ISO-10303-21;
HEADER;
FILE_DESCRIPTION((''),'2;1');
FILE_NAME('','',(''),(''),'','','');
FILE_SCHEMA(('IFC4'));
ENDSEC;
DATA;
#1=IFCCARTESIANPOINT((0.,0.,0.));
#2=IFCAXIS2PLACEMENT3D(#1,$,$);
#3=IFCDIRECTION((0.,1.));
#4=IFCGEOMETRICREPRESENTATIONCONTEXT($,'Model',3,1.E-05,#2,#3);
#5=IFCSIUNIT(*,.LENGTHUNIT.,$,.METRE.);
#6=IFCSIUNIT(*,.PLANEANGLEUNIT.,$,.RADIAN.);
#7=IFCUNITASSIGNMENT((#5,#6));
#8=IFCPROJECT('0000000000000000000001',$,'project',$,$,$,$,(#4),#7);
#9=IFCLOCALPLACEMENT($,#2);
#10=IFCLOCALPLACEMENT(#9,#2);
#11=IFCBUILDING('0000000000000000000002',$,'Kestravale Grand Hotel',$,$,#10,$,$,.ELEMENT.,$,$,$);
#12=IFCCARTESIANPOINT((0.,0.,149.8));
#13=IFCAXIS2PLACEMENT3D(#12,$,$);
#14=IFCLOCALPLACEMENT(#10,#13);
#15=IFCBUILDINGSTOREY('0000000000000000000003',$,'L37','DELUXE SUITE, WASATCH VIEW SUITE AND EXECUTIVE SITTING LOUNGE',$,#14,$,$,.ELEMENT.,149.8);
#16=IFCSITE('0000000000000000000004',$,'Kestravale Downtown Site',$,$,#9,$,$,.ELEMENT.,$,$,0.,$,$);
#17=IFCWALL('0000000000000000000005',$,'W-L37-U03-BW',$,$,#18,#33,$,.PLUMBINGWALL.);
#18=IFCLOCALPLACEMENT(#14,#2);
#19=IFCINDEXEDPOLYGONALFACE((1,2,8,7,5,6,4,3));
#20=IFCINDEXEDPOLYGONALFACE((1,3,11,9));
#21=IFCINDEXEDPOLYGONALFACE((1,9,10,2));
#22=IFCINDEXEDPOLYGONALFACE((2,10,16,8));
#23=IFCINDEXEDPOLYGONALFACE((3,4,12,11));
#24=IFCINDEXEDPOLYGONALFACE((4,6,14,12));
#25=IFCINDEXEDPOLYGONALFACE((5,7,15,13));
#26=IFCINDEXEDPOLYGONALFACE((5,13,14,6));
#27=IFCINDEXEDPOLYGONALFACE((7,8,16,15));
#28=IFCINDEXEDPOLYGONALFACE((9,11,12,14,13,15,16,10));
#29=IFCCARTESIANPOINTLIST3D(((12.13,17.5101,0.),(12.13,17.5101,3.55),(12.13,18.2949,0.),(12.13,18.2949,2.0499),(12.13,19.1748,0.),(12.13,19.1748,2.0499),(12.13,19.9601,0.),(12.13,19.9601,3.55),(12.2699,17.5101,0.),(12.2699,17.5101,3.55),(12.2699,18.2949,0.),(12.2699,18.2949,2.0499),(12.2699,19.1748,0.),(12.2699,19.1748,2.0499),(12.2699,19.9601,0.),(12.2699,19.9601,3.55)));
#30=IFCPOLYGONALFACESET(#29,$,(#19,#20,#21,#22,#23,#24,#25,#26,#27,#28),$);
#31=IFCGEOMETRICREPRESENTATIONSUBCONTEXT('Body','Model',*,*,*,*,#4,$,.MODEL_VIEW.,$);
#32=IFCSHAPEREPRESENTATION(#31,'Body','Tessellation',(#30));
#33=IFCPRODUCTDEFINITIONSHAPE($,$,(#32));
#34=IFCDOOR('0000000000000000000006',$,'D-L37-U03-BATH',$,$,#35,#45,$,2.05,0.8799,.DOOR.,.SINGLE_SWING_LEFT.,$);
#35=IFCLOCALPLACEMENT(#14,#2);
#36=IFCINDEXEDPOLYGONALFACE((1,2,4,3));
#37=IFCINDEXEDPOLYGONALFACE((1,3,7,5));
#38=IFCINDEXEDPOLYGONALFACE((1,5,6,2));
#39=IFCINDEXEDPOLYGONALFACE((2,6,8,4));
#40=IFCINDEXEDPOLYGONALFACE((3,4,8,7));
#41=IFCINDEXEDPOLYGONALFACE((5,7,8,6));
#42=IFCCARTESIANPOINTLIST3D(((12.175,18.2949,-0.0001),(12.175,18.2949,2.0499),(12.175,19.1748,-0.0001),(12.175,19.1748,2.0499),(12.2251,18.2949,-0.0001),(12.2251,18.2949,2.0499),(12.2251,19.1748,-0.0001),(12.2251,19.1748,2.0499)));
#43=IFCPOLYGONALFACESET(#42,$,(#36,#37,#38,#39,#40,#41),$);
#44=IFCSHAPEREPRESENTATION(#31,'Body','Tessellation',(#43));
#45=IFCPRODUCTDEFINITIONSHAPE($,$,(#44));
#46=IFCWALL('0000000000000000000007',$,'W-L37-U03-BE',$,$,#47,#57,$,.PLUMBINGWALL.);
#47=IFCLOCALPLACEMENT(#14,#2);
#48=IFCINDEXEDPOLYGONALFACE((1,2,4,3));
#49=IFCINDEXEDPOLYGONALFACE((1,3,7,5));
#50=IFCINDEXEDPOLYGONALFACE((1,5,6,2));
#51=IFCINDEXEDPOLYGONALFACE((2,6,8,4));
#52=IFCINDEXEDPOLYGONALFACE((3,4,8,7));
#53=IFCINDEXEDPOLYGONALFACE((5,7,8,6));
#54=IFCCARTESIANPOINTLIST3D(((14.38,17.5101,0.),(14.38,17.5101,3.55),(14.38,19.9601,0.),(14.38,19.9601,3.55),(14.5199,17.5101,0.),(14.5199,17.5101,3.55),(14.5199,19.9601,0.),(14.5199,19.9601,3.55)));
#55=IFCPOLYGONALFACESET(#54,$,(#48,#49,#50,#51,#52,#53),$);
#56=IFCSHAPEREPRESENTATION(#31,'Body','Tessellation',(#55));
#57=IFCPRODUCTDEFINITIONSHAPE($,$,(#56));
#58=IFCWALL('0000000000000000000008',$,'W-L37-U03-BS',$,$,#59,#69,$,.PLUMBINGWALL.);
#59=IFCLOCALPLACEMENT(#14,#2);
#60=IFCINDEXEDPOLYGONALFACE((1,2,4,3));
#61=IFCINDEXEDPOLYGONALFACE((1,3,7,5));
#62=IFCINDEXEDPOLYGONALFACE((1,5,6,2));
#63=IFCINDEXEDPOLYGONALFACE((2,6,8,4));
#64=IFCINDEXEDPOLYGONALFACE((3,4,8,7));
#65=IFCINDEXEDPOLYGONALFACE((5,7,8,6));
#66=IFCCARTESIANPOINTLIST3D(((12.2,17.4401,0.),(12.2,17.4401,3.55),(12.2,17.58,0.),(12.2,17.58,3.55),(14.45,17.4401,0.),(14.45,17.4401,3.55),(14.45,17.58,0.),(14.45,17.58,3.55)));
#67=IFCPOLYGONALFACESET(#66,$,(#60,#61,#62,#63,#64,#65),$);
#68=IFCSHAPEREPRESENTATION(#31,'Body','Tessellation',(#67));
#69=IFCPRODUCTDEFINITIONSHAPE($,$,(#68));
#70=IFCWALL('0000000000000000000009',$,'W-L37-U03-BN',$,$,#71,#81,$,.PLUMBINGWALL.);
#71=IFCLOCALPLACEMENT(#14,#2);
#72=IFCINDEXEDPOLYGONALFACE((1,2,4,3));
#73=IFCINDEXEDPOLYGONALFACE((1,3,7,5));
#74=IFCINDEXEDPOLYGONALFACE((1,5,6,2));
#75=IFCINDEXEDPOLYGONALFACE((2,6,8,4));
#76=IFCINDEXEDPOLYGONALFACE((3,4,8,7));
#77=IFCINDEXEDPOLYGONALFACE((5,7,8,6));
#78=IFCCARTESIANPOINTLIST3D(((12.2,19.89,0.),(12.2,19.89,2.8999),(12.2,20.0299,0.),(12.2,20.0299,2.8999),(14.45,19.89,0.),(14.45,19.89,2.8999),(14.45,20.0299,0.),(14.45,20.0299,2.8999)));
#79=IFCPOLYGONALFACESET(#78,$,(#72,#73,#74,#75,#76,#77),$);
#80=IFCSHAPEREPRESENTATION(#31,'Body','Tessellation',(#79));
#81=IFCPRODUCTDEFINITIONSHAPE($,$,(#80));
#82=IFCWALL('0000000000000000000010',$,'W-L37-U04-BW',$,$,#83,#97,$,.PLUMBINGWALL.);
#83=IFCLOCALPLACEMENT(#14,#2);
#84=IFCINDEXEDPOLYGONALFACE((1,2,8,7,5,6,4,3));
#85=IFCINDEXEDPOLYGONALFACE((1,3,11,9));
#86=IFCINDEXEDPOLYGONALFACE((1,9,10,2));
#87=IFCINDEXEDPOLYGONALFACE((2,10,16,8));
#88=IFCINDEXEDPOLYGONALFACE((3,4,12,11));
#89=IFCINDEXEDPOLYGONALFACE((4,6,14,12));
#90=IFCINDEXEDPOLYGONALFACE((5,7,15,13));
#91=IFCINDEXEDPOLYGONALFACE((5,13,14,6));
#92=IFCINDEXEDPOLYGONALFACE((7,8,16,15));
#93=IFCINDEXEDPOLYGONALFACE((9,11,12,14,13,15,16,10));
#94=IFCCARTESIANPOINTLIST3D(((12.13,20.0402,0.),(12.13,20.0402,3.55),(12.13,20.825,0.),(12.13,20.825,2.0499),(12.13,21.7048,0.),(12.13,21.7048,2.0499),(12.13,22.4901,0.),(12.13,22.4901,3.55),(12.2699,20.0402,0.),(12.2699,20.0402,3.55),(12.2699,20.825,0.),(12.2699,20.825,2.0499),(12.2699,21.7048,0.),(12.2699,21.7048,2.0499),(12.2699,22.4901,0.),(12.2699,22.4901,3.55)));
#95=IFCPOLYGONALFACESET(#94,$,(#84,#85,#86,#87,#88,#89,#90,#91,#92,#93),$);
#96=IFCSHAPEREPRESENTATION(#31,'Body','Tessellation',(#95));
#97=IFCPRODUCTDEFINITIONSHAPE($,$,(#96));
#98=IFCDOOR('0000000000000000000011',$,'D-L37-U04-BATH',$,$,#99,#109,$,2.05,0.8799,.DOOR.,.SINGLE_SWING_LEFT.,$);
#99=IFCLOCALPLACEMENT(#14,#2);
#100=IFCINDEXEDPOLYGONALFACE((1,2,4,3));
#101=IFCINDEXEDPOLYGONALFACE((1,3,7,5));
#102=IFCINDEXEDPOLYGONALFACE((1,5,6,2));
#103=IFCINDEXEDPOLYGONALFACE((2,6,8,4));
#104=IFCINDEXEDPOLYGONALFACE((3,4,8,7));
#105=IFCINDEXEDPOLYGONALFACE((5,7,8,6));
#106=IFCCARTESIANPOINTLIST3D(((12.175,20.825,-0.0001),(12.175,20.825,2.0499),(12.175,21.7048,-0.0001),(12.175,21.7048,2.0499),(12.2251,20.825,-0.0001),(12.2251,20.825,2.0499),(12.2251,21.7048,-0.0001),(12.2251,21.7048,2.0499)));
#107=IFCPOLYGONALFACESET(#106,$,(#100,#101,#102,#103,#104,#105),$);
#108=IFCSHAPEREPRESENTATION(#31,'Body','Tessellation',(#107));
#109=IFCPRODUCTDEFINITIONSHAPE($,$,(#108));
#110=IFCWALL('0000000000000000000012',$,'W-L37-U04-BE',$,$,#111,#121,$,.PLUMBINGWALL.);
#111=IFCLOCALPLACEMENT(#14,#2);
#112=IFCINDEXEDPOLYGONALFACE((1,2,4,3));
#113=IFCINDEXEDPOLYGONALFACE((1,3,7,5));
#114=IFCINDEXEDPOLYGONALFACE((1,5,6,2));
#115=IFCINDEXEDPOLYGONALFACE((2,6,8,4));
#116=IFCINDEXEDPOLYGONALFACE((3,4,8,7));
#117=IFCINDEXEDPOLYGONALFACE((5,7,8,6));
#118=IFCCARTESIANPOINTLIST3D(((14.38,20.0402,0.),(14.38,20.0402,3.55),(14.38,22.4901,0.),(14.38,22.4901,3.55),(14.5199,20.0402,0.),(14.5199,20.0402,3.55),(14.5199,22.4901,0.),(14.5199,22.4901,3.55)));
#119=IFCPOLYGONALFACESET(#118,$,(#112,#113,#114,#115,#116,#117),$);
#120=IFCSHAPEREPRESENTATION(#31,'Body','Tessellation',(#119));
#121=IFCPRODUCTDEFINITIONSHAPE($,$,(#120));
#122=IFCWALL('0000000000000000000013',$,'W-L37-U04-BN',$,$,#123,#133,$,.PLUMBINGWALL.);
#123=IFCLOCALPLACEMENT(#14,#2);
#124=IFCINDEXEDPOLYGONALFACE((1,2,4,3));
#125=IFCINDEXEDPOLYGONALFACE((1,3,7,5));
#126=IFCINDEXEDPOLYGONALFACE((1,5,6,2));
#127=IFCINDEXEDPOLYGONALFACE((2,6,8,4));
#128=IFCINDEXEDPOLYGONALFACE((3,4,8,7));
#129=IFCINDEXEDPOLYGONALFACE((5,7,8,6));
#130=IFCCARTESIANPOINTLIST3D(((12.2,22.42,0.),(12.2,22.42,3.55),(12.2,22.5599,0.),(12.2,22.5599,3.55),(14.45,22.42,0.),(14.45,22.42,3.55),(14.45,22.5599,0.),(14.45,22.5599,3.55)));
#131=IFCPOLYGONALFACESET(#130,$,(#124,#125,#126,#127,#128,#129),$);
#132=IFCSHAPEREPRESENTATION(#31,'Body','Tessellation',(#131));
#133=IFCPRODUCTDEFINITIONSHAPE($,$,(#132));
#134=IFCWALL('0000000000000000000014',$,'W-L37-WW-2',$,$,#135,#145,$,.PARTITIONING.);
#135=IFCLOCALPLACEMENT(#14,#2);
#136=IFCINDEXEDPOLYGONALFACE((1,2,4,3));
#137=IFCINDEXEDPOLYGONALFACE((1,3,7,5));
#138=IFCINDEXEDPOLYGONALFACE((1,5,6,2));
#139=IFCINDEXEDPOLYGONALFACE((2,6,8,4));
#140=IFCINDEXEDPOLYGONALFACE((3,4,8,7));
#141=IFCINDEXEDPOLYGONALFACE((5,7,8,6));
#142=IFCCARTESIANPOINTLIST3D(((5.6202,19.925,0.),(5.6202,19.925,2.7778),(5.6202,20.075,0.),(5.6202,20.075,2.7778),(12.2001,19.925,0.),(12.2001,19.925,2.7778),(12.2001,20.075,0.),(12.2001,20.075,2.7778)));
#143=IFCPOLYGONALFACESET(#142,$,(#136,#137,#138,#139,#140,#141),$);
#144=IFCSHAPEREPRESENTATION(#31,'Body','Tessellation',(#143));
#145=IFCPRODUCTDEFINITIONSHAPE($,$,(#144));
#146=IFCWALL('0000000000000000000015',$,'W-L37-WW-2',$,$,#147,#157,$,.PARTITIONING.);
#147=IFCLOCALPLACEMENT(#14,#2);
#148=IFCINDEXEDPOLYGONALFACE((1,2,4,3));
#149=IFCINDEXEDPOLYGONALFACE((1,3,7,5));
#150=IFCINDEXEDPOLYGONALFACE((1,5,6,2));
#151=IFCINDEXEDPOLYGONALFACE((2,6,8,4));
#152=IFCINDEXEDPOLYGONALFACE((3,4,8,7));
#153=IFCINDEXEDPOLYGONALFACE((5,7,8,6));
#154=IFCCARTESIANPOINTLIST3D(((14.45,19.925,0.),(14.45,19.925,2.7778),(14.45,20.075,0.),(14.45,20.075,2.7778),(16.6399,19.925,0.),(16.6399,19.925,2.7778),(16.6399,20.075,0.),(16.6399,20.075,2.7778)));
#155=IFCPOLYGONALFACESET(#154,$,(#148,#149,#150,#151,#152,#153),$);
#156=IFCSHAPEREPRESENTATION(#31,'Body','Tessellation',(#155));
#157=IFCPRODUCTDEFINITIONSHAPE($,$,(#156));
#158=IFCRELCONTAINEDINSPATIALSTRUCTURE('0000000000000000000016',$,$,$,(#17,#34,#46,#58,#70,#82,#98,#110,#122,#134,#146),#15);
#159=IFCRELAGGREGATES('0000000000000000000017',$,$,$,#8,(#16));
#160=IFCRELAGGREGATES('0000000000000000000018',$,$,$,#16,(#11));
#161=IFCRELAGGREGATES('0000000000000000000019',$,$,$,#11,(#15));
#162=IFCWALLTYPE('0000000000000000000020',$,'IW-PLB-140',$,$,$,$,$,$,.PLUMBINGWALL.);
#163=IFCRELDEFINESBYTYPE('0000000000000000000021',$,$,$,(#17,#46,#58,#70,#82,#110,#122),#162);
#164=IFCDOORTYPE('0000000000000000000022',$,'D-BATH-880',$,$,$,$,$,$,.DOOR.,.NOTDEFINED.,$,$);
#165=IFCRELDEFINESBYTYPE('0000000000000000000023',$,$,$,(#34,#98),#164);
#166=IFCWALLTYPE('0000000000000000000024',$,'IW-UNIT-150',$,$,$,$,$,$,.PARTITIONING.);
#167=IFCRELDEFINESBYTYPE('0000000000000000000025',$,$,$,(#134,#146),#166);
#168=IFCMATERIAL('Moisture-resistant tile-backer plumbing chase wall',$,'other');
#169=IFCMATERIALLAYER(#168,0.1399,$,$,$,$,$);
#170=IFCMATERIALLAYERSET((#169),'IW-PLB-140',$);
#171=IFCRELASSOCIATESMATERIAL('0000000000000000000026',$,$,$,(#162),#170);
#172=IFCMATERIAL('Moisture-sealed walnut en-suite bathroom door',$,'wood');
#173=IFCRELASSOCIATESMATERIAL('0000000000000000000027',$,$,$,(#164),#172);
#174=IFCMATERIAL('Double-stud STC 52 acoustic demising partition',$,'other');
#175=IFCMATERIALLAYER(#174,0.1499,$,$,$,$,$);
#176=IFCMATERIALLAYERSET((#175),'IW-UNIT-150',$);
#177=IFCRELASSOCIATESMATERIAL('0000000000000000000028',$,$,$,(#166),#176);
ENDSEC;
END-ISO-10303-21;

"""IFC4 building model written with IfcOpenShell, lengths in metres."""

from ifc_helpers import new_model, si_unit, direction, frame, frame_2d, origin, place, context, subcontext, project, spatial, rectangle, extrude, material, layer, layer_set, type_object, element, fill, save


model = new_model("IFC4")

# Units and contexts
model_context = context("Model", 3, precision=1e-05, world=origin(), true_north=direction((0.0, 1.0)))
body_context = subcontext(model_context, "Body", "Model", "MODEL_VIEW")
ifc_project = project(units=[si_unit("LENGTHUNIT", "METRE"), si_unit("PLANEANGLEUNIT", "RADIAN")], contexts=[model_context])

# Site, building, storey
site_placement = place(None, origin())
site = spatial("IfcSite", under=ifc_project, at=site_placement, Name="Kestravale Downtown Site", CompositionType="ELEMENT", RefElevation=0.0)
building_placement = place(site_placement, origin())
building = spatial("IfcBuilding", under=site, at=building_placement, Name="Kestravale Grand Hotel", CompositionType="ELEMENT")
storey_placement = place(building_placement, frame((0.0, 0.0, 149.8)))
storey = spatial("IfcBuildingStorey", under=building, at=storey_placement, Name="L37", Description="DELUXE SUITE, WASATCH VIEW SUITE AND EXECUTIVE SITTING LOUNGE", CompositionType="ELEMENT", Elevation=149.8)

# Wall, opening, door
ifc_material_1 = material(Name="Moisture-resistant tile-backer plumbing chase wall", Category="other")
ifc_layer_1 = layer(ifc_material_1, 0.1399)
ifc_layer_set_1 = layer_set([ifc_layer_1], Name="IW-PLB-140")
wall_type_1 = type_object("IfcWallType", Name="IW-PLB-140", PredefinedType="PLUMBINGWALL", material=ifc_layer_set_1)
wall_1_placement = place(storey_placement, frame((12.2, 17.51, 0.0), z_axis=(0.0, 0.0, 1.0), x_axis=(0.0, 1.0, 0.0)))
wall_1 = element("IfcWall", 1, at=wall_1_placement, inside=storey, type_object=wall_type_1, Name="W-L37-U03-BW", PredefinedType="PLUMBINGWALL", context=body_context, shape_type="SweptSolid", body=[
    extrude(rectangle(XDim=2.45, YDim=0.1399, at=frame_2d((1.2251, 0.0))), origin(), (0.0, 0.0, 1.0), 3.55),
])
opening_1_placement = place(wall_1_placement, frame((0.7849, 0.0, 0.0)))
opening_1 = element("IfcOpeningElement", 2, at=opening_1_placement, cuts=wall_1, PredefinedType="OPENING", context=body_context, shape_type="SweptSolid", body=[
    extrude(rectangle(XDim=0.8799, YDim=2.05, at=frame_2d((0.4399, 1.0249))), frame((0.0, 0.0798, 0.0), z_axis=(0.0, -1.0, 0.0), x_axis=(1.0, 0.0, 0.0)), (0.0, 0.0, 1.0), 0.1599),
])
ifc_material_2 = material(Name="Moisture-sealed walnut en-suite bathroom door", Category="wood")
door_type = type_object("IfcDoorType", Name="D-BATH-880", OperationType="NOTDEFINED", PredefinedType="DOOR", material=ifc_material_2)
door_1_placement = place(opening_1_placement, origin())
door_1 = element("IfcDoor", 3, at=door_1_placement, inside=storey, type_object=door_type, Name="D-L37-U03-BATH", OperationType="SINGLE_SWING_LEFT", OverallHeight=2.05, OverallWidth=0.8799, PredefinedType="DOOR", context=body_context, shape_type="SweptSolid", body=[
    extrude(rectangle(XDim=0.8799, YDim=2.05, at=frame_2d((0.4399, 1.0249))), frame((0.0, 0.0249, 0.0), z_axis=(0.0, -1.0, 0.0), x_axis=(1.0, 0.0, 0.0)), (0.0, 0.0, 1.0), 0.05),
])
fill(opening_1, door_1)

# Walls
wall_2_placement = place(storey_placement, frame((14.45, 17.51, 0.0), z_axis=(0.0, 0.0, 1.0), x_axis=(0.0, 1.0, 0.0)))
element("IfcWall", 4, at=wall_2_placement, inside=storey, type_object=wall_type_1, Name="W-L37-U03-BE", PredefinedType="PLUMBINGWALL", context=body_context, shape_type="SweptSolid", body=[
    extrude(rectangle(XDim=2.45, YDim=0.1399, at=frame_2d((1.2251, 0.0))), origin(), (0.0, 0.0, 1.0), 3.55),
])
wall_3_placement = place(storey_placement, frame((12.2, 17.51, 0.0), z_axis=(0.0, 0.0, 1.0), x_axis=(1.0, 0.0, 0.0)))
element("IfcWall", 5, at=wall_3_placement, inside=storey, type_object=wall_type_1, Name="W-L37-U03-BS", PredefinedType="PLUMBINGWALL", context=body_context, shape_type="SweptSolid", body=[
    extrude(rectangle(XDim=2.25, YDim=0.1399, at=frame_2d((1.125, 0.0))), origin(), (0.0, 0.0, 1.0), 3.55),
])
wall_4_placement = place(storey_placement, frame((12.2, 19.96, 0.0), z_axis=(0.0, 0.0, 1.0), x_axis=(1.0, 0.0, 0.0)))
element("IfcWall", 6, at=wall_4_placement, inside=storey, type_object=wall_type_1, Name="W-L37-U03-BN", PredefinedType="PLUMBINGWALL", context=body_context, shape_type="SweptSolid", body=[
    extrude(rectangle(XDim=2.25, YDim=0.1399, at=frame_2d((1.125, 0.0))), origin(), (0.0, 0.0, 1.0), 2.8999),
])

# Wall, opening, door
wall_5_placement = place(storey_placement, frame((12.2, 20.04, 0.0), z_axis=(0.0, 0.0, 1.0), x_axis=(0.0, 1.0, 0.0)))
wall_5 = element("IfcWall", 7, at=wall_5_placement, inside=storey, type_object=wall_type_1, Name="W-L37-U04-BW", PredefinedType="PLUMBINGWALL", context=body_context, shape_type="SweptSolid", body=[
    extrude(rectangle(XDim=2.45, YDim=0.1399, at=frame_2d((1.2251, 0.0))), origin(), (0.0, 0.0, 1.0), 3.55),
])
opening_2_placement = place(wall_5_placement, frame((0.7849, 0.0, 0.0)))
opening_2 = element("IfcOpeningElement", 8, at=opening_2_placement, cuts=wall_5, PredefinedType="OPENING", context=body_context, shape_type="SweptSolid", body=[
    extrude(rectangle(XDim=0.8799, YDim=2.05, at=frame_2d((0.4399, 1.0249))), frame((0.0, 0.0798, 0.0), z_axis=(0.0, -1.0, 0.0), x_axis=(1.0, 0.0, 0.0)), (0.0, 0.0, 1.0), 0.1599),
])
door_2_placement = place(opening_2_placement, origin())
door_2 = element("IfcDoor", 9, at=door_2_placement, inside=storey, type_object=door_type, Name="D-L37-U04-BATH", OperationType="SINGLE_SWING_LEFT", OverallHeight=2.05, OverallWidth=0.8799, PredefinedType="DOOR", context=body_context, shape_type="SweptSolid", body=[
    extrude(rectangle(XDim=0.8799, YDim=2.05, at=frame_2d((0.4399, 1.0249))), frame((0.0, 0.0249, 0.0), z_axis=(0.0, -1.0, 0.0), x_axis=(1.0, 0.0, 0.0)), (0.0, 0.0, 1.0), 0.05),
])
fill(opening_2, door_2)

# Walls
wall_6_placement = place(storey_placement, frame((14.45, 20.04, 0.0), z_axis=(0.0, 0.0, 1.0), x_axis=(0.0, 1.0, 0.0)))
element("IfcWall", 10, at=wall_6_placement, inside=storey, type_object=wall_type_1, Name="W-L37-U04-BE", PredefinedType="PLUMBINGWALL", context=body_context, shape_type="SweptSolid", body=[
    extrude(rectangle(XDim=2.45, YDim=0.1399, at=frame_2d((1.2251, 0.0))), origin(), (0.0, 0.0, 1.0), 3.55),
])
wall_7_placement = place(storey_placement, frame((12.2, 22.49, 0.0), z_axis=(0.0, 0.0, 1.0), x_axis=(1.0, 0.0, 0.0)))
element("IfcWall", 11, at=wall_7_placement, inside=storey, type_object=wall_type_1, Name="W-L37-U04-BN", PredefinedType="PLUMBINGWALL", context=body_context, shape_type="SweptSolid", body=[
    extrude(rectangle(XDim=2.25, YDim=0.1399, at=frame_2d((1.125, 0.0))), origin(), (0.0, 0.0, 1.0), 3.55),
])
ifc_material_3 = material(Name="Double-stud STC 52 acoustic demising partition", Category="other")
ifc_layer_2 = layer(ifc_material_3, 0.1499)
ifc_layer_set_2 = layer_set([ifc_layer_2], Name="IW-UNIT-150")
wall_type_2 = type_object("IfcWallType", Name="IW-UNIT-150", PredefinedType="PARTITIONING", material=ifc_layer_set_2)
wall_8_placement = place(storey_placement, frame((5.6201, 20.0, 0.0), z_axis=(0.0, 0.0, 1.0), x_axis=(1.0, 0.0, 0.0)))
element("IfcWall", 12, at=wall_8_placement, inside=storey, type_object=wall_type_2, Name="W-L37-WW-2", PredefinedType="PARTITIONING", context=body_context, shape_type="SweptSolid", body=[
    extrude(rectangle(XDim=6.5798, YDim=0.1499, at=frame_2d((3.29, 0.0))), origin(), (0.0, 0.0, 1.0), 2.7778),
])
wall_9_placement = place(storey_placement, frame((14.45, 20.0, 0.0), z_axis=(0.0, 0.0, 1.0), x_axis=(1.0, 0.0, 0.0)))
element("IfcWall", 13, at=wall_9_placement, inside=storey, type_object=wall_type_2, Name="W-L37-WW-2", PredefinedType="PARTITIONING", context=body_context, shape_type="SweptSolid", body=[
    extrude(rectangle(XDim=2.1899, YDim=0.1499, at=frame_2d((1.095, 0.0))), origin(), (0.0, 0.0, 1.0), 2.7778),
])

save(model, "model.ifc")
